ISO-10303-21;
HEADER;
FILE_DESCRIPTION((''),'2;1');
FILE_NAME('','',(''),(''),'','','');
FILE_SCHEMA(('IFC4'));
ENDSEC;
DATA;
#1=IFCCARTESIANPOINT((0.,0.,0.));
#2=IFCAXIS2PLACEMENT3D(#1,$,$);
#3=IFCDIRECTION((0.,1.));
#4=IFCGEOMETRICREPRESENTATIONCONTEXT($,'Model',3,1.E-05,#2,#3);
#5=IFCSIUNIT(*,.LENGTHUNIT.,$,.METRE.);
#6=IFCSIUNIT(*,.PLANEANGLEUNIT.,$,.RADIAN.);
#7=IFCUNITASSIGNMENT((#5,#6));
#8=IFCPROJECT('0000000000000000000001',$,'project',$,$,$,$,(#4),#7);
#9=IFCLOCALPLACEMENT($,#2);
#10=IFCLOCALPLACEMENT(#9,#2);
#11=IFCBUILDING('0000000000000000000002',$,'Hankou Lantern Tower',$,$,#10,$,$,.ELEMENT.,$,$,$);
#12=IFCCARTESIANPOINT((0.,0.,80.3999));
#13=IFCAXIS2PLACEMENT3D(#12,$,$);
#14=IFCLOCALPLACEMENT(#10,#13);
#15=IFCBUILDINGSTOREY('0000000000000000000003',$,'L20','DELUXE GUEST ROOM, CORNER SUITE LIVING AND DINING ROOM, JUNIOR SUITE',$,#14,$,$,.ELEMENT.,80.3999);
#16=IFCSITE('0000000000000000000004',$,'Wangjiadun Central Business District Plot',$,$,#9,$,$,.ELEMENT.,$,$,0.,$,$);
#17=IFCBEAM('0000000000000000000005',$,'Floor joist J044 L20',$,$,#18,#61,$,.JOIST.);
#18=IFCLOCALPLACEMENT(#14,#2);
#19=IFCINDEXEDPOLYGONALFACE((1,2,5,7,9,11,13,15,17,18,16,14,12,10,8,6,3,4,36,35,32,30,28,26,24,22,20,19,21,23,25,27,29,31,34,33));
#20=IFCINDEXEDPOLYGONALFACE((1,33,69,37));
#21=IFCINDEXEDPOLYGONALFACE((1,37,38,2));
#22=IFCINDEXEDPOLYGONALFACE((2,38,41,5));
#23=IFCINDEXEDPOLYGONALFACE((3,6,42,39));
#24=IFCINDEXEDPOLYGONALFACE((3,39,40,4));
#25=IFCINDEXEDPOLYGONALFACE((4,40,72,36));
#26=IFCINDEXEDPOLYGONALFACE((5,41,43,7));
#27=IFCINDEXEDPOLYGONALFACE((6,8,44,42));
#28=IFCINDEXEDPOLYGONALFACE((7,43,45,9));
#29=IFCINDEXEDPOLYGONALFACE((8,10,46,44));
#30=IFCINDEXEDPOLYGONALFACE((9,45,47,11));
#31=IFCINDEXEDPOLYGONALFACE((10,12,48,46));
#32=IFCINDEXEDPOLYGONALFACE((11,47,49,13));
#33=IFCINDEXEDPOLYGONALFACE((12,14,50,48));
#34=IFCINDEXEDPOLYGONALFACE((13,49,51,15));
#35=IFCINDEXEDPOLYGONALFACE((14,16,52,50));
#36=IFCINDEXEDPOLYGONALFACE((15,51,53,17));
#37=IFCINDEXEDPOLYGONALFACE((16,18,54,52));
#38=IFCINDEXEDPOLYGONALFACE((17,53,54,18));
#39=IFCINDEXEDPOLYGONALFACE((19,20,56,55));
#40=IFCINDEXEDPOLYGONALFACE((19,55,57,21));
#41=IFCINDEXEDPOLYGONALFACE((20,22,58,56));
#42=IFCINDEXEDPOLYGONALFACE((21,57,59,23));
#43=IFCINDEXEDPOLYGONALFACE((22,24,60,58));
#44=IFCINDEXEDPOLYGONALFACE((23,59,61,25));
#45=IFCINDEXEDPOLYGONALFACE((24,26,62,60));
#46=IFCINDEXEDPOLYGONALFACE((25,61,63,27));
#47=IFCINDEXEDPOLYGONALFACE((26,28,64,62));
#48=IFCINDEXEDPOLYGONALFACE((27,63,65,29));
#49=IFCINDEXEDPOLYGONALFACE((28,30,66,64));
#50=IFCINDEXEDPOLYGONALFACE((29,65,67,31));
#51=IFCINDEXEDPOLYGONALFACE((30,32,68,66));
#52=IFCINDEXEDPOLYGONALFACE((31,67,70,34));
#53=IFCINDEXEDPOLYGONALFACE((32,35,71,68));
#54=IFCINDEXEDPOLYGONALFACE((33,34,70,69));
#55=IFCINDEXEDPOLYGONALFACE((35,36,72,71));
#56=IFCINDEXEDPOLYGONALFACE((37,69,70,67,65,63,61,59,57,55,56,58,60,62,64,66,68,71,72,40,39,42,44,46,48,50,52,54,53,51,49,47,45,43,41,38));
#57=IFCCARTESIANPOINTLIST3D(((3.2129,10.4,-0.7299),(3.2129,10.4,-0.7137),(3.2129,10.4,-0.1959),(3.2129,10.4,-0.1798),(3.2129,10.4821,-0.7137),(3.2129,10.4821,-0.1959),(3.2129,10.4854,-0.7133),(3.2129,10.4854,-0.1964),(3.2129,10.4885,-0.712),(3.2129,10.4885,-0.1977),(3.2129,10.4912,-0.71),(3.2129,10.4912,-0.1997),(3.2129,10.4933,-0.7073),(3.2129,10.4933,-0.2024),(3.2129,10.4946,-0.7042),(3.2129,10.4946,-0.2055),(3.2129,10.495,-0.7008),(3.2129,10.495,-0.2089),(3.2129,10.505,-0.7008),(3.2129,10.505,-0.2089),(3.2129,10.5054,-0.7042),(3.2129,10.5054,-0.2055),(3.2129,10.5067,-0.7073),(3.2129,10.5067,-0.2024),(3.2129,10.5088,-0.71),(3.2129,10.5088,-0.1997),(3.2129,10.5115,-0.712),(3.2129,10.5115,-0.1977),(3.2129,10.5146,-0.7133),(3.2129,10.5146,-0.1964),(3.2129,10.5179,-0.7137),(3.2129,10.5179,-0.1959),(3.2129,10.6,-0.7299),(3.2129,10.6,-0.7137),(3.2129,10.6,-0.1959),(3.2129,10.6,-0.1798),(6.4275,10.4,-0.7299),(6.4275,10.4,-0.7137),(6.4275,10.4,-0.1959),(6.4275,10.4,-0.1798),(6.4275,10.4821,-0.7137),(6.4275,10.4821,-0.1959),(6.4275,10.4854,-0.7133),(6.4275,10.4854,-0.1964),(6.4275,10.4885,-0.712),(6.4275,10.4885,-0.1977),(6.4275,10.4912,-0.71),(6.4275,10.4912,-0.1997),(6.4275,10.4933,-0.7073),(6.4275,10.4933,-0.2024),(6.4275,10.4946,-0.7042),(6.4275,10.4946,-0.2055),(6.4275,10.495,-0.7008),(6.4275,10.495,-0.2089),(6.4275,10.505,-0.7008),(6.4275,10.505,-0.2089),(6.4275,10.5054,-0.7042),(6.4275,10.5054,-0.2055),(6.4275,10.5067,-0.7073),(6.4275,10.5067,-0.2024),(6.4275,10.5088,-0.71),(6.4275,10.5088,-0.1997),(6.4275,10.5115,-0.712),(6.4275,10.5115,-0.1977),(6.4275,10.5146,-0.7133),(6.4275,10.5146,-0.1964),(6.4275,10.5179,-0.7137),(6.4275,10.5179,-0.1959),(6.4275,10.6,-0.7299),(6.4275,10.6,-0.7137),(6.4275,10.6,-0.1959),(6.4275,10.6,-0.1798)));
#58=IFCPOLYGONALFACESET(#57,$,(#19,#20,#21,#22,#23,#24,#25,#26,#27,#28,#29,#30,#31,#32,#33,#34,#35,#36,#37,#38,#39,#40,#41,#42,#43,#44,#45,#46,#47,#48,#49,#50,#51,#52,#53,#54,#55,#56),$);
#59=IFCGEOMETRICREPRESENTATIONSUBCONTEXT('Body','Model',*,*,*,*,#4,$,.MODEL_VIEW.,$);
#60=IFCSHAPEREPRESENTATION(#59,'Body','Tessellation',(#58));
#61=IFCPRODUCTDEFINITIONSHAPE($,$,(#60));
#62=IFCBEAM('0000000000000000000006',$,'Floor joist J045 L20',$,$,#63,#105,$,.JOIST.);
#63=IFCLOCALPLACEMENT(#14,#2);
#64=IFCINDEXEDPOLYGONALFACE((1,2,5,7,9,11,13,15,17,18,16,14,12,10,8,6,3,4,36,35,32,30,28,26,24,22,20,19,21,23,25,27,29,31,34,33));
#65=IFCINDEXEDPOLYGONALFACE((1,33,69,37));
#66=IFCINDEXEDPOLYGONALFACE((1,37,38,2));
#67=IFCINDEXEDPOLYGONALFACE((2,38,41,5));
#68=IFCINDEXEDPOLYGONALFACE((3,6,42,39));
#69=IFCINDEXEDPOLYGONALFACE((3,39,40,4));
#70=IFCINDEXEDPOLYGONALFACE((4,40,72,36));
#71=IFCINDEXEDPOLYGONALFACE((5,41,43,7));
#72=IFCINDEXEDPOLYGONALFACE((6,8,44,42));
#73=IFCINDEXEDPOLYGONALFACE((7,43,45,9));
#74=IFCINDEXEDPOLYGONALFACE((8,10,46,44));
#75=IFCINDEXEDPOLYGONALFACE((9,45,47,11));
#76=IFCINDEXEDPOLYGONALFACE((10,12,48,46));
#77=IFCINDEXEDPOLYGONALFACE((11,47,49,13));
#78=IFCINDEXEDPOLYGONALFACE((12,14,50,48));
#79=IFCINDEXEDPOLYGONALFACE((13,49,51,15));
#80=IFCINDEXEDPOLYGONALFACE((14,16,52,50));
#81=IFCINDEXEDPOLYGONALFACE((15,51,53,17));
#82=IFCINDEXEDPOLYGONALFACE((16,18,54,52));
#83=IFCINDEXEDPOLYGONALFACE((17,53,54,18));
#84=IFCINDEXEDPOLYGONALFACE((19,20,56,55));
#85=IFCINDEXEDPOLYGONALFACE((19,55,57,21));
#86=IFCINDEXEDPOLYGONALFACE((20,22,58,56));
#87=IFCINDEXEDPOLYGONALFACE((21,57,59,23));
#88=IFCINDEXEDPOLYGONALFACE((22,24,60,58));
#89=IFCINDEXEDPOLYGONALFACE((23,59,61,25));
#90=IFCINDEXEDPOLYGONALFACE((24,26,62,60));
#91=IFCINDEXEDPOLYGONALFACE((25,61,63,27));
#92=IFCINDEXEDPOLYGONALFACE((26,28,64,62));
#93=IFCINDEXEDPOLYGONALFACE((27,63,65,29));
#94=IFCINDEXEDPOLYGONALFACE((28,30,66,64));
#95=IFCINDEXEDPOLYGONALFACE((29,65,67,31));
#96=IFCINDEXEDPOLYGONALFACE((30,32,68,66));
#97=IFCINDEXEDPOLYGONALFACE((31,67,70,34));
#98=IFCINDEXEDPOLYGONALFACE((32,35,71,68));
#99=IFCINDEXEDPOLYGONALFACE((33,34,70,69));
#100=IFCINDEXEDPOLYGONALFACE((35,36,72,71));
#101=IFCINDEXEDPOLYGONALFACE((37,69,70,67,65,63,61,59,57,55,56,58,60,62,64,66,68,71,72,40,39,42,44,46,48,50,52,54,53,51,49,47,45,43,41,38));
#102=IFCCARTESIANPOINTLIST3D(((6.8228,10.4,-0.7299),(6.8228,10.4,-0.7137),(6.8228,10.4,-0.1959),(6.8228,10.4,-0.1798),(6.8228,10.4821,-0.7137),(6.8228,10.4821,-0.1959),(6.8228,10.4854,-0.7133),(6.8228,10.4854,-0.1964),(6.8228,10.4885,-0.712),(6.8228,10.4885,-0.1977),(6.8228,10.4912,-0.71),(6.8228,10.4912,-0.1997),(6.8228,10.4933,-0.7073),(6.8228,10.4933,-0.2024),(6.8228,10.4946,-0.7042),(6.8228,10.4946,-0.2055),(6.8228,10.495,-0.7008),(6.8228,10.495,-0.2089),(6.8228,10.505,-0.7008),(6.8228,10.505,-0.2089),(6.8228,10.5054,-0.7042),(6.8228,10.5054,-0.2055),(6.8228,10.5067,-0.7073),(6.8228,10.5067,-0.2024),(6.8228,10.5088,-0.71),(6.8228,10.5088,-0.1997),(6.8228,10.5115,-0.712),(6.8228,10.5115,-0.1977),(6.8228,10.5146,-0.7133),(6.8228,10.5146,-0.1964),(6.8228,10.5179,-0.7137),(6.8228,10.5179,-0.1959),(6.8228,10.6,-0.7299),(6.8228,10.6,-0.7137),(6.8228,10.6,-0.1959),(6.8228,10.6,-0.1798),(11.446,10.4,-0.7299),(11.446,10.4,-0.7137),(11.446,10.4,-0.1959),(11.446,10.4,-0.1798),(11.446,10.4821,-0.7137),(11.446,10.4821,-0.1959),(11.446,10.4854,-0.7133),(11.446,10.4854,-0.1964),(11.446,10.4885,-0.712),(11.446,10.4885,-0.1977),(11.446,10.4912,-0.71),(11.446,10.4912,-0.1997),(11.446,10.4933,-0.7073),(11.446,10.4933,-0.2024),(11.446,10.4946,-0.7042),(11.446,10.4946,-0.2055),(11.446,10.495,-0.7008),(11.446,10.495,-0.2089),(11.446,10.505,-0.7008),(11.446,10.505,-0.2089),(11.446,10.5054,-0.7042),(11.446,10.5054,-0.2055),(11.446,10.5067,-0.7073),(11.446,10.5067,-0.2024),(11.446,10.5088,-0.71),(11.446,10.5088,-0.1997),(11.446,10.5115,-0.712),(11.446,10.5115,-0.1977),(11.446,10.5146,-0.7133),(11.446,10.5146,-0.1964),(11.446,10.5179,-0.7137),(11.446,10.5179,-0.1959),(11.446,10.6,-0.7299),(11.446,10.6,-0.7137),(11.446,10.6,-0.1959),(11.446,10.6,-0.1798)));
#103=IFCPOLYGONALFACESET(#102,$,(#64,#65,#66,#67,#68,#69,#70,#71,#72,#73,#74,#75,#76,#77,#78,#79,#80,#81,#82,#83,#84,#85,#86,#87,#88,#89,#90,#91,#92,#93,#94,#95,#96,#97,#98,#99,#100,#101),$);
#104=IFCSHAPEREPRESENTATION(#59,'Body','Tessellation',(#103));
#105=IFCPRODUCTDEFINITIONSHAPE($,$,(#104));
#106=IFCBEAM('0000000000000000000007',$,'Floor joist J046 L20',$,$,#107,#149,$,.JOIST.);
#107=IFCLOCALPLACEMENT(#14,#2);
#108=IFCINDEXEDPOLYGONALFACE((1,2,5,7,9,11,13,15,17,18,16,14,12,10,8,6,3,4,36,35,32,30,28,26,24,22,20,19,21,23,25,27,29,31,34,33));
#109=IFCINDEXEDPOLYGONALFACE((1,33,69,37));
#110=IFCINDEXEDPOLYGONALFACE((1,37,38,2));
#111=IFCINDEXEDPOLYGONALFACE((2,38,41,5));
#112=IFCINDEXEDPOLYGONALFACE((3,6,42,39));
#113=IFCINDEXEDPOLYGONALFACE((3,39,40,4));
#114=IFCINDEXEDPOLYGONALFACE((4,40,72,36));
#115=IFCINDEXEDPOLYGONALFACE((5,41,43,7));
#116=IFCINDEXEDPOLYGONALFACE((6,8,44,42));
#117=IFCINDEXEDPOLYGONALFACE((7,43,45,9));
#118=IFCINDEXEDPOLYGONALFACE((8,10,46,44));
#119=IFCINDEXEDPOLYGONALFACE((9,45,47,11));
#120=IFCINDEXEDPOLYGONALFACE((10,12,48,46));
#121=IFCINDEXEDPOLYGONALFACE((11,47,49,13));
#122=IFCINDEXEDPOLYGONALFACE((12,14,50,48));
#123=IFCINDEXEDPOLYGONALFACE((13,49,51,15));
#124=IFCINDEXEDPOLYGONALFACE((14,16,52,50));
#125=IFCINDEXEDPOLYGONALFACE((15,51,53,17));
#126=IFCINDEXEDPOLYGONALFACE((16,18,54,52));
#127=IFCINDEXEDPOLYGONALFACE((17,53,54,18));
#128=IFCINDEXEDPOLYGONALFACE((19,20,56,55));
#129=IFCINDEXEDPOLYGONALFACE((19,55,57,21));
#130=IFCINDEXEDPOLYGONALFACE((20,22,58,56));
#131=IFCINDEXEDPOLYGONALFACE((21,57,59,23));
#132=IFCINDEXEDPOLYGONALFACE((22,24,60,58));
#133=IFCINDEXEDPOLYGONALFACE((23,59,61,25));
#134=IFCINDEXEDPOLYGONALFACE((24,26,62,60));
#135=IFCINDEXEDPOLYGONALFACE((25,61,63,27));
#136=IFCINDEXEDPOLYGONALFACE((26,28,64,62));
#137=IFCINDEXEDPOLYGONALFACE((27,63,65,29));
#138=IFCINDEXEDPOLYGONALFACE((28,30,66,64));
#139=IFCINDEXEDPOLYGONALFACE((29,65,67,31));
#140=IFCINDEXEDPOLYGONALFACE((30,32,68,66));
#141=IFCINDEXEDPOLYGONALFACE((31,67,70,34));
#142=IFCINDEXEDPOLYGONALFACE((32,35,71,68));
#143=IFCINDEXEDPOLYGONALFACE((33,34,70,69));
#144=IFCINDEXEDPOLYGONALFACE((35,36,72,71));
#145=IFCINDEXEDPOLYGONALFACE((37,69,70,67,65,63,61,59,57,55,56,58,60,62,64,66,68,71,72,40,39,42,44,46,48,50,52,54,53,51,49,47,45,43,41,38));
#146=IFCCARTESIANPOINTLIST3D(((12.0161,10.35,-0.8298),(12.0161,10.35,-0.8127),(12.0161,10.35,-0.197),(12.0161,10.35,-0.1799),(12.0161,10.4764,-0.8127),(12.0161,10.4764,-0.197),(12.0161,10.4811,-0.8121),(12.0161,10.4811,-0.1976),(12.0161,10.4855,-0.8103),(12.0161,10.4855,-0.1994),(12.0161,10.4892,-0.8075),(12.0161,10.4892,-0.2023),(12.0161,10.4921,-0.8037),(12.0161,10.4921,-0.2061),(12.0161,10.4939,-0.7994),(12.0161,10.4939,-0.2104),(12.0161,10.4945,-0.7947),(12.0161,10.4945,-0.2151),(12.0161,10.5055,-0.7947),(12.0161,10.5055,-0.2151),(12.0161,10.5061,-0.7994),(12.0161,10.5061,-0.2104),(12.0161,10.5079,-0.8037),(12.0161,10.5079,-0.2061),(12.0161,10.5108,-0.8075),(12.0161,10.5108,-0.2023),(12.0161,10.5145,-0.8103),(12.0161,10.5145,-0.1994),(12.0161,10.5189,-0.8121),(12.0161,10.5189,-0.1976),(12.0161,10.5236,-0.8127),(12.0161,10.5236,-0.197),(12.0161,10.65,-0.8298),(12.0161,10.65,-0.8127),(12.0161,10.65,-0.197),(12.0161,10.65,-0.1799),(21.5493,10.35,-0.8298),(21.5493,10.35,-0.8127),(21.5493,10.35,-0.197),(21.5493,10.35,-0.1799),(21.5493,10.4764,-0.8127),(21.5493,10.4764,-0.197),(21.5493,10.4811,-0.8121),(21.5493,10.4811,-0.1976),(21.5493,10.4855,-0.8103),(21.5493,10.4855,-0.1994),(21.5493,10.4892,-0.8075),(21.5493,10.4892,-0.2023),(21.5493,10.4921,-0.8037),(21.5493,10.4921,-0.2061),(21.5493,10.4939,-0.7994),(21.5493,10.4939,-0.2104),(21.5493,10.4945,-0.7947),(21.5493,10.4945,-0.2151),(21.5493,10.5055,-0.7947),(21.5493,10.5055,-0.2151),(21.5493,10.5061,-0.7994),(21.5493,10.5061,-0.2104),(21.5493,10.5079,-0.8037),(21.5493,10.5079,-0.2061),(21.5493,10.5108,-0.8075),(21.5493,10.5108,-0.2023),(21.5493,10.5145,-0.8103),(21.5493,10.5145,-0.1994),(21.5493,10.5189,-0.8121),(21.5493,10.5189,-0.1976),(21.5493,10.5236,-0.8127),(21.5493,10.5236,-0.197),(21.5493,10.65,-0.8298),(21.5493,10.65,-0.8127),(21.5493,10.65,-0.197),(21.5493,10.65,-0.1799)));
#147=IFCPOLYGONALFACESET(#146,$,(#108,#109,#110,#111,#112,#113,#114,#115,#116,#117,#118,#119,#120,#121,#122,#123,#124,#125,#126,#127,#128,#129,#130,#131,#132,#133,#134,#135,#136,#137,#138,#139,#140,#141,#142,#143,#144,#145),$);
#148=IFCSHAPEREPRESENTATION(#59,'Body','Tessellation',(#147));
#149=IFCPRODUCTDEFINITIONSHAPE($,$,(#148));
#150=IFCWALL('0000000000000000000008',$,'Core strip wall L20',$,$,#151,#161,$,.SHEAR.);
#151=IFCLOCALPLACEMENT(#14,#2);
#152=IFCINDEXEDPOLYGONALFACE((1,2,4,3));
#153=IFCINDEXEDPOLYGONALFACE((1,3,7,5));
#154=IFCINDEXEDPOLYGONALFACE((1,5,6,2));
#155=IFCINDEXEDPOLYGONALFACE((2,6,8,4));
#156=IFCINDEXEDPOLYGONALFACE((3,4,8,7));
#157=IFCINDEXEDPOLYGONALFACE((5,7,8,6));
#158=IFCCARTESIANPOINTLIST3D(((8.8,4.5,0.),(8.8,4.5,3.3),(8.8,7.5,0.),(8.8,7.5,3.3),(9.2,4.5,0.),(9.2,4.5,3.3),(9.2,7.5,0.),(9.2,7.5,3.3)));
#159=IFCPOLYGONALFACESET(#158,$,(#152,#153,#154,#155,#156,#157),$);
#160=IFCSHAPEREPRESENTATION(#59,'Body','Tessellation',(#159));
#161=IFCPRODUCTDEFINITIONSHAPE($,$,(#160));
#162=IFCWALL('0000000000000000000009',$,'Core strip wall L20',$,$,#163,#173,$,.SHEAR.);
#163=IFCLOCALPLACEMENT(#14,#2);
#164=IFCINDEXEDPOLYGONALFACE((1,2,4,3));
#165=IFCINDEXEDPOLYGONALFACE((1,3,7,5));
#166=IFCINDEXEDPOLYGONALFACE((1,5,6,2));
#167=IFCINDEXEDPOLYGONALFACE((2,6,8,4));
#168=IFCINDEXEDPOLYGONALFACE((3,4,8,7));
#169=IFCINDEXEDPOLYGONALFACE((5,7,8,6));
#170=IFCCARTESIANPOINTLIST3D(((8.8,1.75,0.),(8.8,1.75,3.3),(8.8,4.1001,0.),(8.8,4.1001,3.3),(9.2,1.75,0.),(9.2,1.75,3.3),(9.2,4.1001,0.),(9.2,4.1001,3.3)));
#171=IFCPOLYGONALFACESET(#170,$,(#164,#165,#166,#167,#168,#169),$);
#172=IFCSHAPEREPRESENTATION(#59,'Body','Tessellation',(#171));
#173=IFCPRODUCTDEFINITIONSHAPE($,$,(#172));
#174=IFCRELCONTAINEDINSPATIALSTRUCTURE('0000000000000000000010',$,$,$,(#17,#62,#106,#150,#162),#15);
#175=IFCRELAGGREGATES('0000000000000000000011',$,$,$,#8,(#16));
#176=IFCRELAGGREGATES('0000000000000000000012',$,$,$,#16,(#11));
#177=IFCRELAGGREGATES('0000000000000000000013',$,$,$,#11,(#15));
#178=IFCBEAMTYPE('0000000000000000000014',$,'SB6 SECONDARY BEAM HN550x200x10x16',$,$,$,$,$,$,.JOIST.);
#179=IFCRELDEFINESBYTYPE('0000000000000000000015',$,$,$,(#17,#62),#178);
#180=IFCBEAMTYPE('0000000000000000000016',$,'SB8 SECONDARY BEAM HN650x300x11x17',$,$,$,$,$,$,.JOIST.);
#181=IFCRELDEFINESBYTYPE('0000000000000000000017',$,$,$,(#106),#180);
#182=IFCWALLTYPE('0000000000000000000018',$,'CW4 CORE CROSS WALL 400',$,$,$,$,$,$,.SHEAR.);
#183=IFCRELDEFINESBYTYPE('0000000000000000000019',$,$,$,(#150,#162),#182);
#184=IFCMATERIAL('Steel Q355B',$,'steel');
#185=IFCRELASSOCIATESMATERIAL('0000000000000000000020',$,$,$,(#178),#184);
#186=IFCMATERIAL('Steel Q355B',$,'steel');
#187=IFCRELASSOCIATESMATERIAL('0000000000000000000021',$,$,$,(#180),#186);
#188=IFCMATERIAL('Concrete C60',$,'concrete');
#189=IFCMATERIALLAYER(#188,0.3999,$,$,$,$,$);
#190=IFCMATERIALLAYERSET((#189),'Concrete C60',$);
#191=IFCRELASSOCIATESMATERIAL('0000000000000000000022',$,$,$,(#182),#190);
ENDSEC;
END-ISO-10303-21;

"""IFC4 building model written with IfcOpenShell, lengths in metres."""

from ifc_helpers import new_model, si_unit, direction, frame, frame_2d, origin, origin_2d, place, context, subcontext, project, spatial, rectangle, i_section, extrude, material, layer, layer_set, material_profile, profile_set, type_object, element, save


model = new_model("IFC4")

# Units and contexts
model_context = context("Model", 3, precision=1e-05, world=origin(), true_north=direction((0.0, 1.0)))
body_context = subcontext(model_context, "Body", "Model", "MODEL_VIEW")
ifc_project = project(units=[si_unit("LENGTHUNIT", "METRE"), si_unit("PLANEANGLEUNIT", "RADIAN")], contexts=[model_context])

# Site, building, storey
site_placement = place(None, origin())
site = spatial("IfcSite", under=ifc_project, at=site_placement, Name="Wangjiadun Central Business District Plot", CompositionType="ELEMENT", RefElevation=0.0)
building_placement = place(site_placement, origin())
building = spatial("IfcBuilding", under=site, at=building_placement, Name="Hankou Lantern Tower", CompositionType="ELEMENT")
storey_placement = place(building_placement, frame((0.0, 0.0, 80.3999)))
storey = spatial("IfcBuildingStorey", under=building, at=storey_placement, Name="L20", Description="DELUXE GUEST ROOM, CORNER SUITE LIVING AND DINING ROOM, JUNIOR SUITE", CompositionType="ELEMENT", Elevation=80.3999)

# Beams
ifc_material_1 = material(Name="Steel Q355B", Category="steel")
ifc_material_profile_1 = material_profile(ifc_material_1, i_section(OverallWidth=0.2, OverallDepth=0.55, WebThickness=0.01, FlangeThickness=0.0161, FilletRadius=0.0129, at=origin_2d()), Name="HN550x200x10x16")
ifc_profile_set_1 = profile_set([ifc_material_profile_1], Name="Steel Q355B")
beam_type_1 = type_object("IfcBeamType", Name="SB6 SECONDARY BEAM HN550x200x10x16", PredefinedType="JOIST", material=ifc_profile_set_1)
beam_1_placement = place(storey_placement, frame((3.2129, 10.5, -0.4548), z_axis=(1.0, 0.0, 0.0), x_axis=(0.0, 1.0, 0.0)))
element("IfcBeam", 1, at=beam_1_placement, inside=storey, type_object=beam_type_1, Name="Floor joist J044 L20", PredefinedType="JOIST", context=body_context, shape_type="SweptSolid", body=[
    extrude(i_section(OverallWidth=0.2, OverallDepth=0.55, WebThickness=0.01, FlangeThickness=0.0161, FilletRadius=0.0129, at=origin_2d()), origin(), (0.0, 0.0, 1.0), 3.2146),
])
beam_2_placement = place(storey_placement, frame((6.8228, 10.5, -0.4548), z_axis=(1.0, 0.0, 0.0), x_axis=(0.0, 1.0, 0.0)))
element("IfcBeam", 2, at=beam_2_placement, inside=storey, type_object=beam_type_1, Name="Floor joist J045 L20", PredefinedType="JOIST", context=body_context, shape_type="SweptSolid", body=[
    extrude(i_section(OverallWidth=0.2, OverallDepth=0.55, WebThickness=0.01, FlangeThickness=0.0161, FilletRadius=0.0129, at=origin_2d()), origin(), (0.0, 0.0, 1.0), 4.6233),
])
ifc_material_2 = material(Name="Steel Q355B", Category="steel")
ifc_material_profile_2 = material_profile(ifc_material_2, i_section(OverallWidth=0.3, OverallDepth=0.6499, WebThickness=0.011, FlangeThickness=0.0171, FilletRadius=0.0181, at=origin_2d()), Name="HN650x300x11x17")
ifc_profile_set_2 = profile_set([ifc_material_profile_2], Name="Steel Q355B")
beam_type_2 = type_object("IfcBeamType", Name="SB8 SECONDARY BEAM HN650x300x11x17", PredefinedType="JOIST", material=ifc_profile_set_2)
beam_3_placement = place(storey_placement, frame((12.0161, 10.5, -0.5049), z_axis=(1.0, 0.0, 0.0), x_axis=(0.0, 1.0, 0.0)))
element("IfcBeam", 3, at=beam_3_placement, inside=storey, type_object=beam_type_2, Name="Floor joist J046 L20", PredefinedType="JOIST", context=body_context, shape_type="SweptSolid", body=[
    extrude(i_section(OverallWidth=0.3, OverallDepth=0.6499, WebThickness=0.011, FlangeThickness=0.0171, FilletRadius=0.0181, at=origin_2d()), origin(), (0.0, 0.0, 1.0), 9.5332),
])

# Walls
ifc_material_3 = material(Name="Concrete C60", Category="concrete")
ifc_layer_1 = layer(ifc_material_3, 0.3999)
ifc_layer_set_1 = layer_set([ifc_layer_1], Name="Concrete C60")
wall_type_1 = type_object("IfcWallType", Name="CW4 CORE CROSS WALL 400", PredefinedType="SHEAR", material=ifc_layer_set_1)
wall_1_placement = place(storey_placement, frame((9.0, 4.5, 0.0), z_axis=(0.0, 0.0, 1.0), x_axis=(0.0, 1.0, 0.0)))
element("IfcWall", 4, at=wall_1_placement, inside=storey, type_object=wall_type_1, Name="Core strip wall L20", PredefinedType="SHEAR", context=body_context, shape_type="SweptSolid", body=[
    extrude(rectangle(XDim=3.0, YDim=0.3999, at=frame_2d((1.5, 0.0))), origin(), (0.0, 0.0, 1.0), 3.3),
])
wall_2_placement = place(storey_placement, frame((9.0, 1.75, 0.0), z_axis=(0.0, 0.0, 1.0), x_axis=(0.0, 1.0, 0.0)))
element("IfcWall", 5, at=wall_2_placement, inside=storey, type_object=wall_type_1, Name="Core strip wall L20", PredefinedType="SHEAR", context=body_context, shape_type="SweptSolid", body=[
    extrude(rectangle(XDim=2.3501, YDim=0.3999, at=frame_2d((1.175, 0.0))), origin(), (0.0, 0.0, 1.0), 3.3),
])

save(model, "model.ifc")
